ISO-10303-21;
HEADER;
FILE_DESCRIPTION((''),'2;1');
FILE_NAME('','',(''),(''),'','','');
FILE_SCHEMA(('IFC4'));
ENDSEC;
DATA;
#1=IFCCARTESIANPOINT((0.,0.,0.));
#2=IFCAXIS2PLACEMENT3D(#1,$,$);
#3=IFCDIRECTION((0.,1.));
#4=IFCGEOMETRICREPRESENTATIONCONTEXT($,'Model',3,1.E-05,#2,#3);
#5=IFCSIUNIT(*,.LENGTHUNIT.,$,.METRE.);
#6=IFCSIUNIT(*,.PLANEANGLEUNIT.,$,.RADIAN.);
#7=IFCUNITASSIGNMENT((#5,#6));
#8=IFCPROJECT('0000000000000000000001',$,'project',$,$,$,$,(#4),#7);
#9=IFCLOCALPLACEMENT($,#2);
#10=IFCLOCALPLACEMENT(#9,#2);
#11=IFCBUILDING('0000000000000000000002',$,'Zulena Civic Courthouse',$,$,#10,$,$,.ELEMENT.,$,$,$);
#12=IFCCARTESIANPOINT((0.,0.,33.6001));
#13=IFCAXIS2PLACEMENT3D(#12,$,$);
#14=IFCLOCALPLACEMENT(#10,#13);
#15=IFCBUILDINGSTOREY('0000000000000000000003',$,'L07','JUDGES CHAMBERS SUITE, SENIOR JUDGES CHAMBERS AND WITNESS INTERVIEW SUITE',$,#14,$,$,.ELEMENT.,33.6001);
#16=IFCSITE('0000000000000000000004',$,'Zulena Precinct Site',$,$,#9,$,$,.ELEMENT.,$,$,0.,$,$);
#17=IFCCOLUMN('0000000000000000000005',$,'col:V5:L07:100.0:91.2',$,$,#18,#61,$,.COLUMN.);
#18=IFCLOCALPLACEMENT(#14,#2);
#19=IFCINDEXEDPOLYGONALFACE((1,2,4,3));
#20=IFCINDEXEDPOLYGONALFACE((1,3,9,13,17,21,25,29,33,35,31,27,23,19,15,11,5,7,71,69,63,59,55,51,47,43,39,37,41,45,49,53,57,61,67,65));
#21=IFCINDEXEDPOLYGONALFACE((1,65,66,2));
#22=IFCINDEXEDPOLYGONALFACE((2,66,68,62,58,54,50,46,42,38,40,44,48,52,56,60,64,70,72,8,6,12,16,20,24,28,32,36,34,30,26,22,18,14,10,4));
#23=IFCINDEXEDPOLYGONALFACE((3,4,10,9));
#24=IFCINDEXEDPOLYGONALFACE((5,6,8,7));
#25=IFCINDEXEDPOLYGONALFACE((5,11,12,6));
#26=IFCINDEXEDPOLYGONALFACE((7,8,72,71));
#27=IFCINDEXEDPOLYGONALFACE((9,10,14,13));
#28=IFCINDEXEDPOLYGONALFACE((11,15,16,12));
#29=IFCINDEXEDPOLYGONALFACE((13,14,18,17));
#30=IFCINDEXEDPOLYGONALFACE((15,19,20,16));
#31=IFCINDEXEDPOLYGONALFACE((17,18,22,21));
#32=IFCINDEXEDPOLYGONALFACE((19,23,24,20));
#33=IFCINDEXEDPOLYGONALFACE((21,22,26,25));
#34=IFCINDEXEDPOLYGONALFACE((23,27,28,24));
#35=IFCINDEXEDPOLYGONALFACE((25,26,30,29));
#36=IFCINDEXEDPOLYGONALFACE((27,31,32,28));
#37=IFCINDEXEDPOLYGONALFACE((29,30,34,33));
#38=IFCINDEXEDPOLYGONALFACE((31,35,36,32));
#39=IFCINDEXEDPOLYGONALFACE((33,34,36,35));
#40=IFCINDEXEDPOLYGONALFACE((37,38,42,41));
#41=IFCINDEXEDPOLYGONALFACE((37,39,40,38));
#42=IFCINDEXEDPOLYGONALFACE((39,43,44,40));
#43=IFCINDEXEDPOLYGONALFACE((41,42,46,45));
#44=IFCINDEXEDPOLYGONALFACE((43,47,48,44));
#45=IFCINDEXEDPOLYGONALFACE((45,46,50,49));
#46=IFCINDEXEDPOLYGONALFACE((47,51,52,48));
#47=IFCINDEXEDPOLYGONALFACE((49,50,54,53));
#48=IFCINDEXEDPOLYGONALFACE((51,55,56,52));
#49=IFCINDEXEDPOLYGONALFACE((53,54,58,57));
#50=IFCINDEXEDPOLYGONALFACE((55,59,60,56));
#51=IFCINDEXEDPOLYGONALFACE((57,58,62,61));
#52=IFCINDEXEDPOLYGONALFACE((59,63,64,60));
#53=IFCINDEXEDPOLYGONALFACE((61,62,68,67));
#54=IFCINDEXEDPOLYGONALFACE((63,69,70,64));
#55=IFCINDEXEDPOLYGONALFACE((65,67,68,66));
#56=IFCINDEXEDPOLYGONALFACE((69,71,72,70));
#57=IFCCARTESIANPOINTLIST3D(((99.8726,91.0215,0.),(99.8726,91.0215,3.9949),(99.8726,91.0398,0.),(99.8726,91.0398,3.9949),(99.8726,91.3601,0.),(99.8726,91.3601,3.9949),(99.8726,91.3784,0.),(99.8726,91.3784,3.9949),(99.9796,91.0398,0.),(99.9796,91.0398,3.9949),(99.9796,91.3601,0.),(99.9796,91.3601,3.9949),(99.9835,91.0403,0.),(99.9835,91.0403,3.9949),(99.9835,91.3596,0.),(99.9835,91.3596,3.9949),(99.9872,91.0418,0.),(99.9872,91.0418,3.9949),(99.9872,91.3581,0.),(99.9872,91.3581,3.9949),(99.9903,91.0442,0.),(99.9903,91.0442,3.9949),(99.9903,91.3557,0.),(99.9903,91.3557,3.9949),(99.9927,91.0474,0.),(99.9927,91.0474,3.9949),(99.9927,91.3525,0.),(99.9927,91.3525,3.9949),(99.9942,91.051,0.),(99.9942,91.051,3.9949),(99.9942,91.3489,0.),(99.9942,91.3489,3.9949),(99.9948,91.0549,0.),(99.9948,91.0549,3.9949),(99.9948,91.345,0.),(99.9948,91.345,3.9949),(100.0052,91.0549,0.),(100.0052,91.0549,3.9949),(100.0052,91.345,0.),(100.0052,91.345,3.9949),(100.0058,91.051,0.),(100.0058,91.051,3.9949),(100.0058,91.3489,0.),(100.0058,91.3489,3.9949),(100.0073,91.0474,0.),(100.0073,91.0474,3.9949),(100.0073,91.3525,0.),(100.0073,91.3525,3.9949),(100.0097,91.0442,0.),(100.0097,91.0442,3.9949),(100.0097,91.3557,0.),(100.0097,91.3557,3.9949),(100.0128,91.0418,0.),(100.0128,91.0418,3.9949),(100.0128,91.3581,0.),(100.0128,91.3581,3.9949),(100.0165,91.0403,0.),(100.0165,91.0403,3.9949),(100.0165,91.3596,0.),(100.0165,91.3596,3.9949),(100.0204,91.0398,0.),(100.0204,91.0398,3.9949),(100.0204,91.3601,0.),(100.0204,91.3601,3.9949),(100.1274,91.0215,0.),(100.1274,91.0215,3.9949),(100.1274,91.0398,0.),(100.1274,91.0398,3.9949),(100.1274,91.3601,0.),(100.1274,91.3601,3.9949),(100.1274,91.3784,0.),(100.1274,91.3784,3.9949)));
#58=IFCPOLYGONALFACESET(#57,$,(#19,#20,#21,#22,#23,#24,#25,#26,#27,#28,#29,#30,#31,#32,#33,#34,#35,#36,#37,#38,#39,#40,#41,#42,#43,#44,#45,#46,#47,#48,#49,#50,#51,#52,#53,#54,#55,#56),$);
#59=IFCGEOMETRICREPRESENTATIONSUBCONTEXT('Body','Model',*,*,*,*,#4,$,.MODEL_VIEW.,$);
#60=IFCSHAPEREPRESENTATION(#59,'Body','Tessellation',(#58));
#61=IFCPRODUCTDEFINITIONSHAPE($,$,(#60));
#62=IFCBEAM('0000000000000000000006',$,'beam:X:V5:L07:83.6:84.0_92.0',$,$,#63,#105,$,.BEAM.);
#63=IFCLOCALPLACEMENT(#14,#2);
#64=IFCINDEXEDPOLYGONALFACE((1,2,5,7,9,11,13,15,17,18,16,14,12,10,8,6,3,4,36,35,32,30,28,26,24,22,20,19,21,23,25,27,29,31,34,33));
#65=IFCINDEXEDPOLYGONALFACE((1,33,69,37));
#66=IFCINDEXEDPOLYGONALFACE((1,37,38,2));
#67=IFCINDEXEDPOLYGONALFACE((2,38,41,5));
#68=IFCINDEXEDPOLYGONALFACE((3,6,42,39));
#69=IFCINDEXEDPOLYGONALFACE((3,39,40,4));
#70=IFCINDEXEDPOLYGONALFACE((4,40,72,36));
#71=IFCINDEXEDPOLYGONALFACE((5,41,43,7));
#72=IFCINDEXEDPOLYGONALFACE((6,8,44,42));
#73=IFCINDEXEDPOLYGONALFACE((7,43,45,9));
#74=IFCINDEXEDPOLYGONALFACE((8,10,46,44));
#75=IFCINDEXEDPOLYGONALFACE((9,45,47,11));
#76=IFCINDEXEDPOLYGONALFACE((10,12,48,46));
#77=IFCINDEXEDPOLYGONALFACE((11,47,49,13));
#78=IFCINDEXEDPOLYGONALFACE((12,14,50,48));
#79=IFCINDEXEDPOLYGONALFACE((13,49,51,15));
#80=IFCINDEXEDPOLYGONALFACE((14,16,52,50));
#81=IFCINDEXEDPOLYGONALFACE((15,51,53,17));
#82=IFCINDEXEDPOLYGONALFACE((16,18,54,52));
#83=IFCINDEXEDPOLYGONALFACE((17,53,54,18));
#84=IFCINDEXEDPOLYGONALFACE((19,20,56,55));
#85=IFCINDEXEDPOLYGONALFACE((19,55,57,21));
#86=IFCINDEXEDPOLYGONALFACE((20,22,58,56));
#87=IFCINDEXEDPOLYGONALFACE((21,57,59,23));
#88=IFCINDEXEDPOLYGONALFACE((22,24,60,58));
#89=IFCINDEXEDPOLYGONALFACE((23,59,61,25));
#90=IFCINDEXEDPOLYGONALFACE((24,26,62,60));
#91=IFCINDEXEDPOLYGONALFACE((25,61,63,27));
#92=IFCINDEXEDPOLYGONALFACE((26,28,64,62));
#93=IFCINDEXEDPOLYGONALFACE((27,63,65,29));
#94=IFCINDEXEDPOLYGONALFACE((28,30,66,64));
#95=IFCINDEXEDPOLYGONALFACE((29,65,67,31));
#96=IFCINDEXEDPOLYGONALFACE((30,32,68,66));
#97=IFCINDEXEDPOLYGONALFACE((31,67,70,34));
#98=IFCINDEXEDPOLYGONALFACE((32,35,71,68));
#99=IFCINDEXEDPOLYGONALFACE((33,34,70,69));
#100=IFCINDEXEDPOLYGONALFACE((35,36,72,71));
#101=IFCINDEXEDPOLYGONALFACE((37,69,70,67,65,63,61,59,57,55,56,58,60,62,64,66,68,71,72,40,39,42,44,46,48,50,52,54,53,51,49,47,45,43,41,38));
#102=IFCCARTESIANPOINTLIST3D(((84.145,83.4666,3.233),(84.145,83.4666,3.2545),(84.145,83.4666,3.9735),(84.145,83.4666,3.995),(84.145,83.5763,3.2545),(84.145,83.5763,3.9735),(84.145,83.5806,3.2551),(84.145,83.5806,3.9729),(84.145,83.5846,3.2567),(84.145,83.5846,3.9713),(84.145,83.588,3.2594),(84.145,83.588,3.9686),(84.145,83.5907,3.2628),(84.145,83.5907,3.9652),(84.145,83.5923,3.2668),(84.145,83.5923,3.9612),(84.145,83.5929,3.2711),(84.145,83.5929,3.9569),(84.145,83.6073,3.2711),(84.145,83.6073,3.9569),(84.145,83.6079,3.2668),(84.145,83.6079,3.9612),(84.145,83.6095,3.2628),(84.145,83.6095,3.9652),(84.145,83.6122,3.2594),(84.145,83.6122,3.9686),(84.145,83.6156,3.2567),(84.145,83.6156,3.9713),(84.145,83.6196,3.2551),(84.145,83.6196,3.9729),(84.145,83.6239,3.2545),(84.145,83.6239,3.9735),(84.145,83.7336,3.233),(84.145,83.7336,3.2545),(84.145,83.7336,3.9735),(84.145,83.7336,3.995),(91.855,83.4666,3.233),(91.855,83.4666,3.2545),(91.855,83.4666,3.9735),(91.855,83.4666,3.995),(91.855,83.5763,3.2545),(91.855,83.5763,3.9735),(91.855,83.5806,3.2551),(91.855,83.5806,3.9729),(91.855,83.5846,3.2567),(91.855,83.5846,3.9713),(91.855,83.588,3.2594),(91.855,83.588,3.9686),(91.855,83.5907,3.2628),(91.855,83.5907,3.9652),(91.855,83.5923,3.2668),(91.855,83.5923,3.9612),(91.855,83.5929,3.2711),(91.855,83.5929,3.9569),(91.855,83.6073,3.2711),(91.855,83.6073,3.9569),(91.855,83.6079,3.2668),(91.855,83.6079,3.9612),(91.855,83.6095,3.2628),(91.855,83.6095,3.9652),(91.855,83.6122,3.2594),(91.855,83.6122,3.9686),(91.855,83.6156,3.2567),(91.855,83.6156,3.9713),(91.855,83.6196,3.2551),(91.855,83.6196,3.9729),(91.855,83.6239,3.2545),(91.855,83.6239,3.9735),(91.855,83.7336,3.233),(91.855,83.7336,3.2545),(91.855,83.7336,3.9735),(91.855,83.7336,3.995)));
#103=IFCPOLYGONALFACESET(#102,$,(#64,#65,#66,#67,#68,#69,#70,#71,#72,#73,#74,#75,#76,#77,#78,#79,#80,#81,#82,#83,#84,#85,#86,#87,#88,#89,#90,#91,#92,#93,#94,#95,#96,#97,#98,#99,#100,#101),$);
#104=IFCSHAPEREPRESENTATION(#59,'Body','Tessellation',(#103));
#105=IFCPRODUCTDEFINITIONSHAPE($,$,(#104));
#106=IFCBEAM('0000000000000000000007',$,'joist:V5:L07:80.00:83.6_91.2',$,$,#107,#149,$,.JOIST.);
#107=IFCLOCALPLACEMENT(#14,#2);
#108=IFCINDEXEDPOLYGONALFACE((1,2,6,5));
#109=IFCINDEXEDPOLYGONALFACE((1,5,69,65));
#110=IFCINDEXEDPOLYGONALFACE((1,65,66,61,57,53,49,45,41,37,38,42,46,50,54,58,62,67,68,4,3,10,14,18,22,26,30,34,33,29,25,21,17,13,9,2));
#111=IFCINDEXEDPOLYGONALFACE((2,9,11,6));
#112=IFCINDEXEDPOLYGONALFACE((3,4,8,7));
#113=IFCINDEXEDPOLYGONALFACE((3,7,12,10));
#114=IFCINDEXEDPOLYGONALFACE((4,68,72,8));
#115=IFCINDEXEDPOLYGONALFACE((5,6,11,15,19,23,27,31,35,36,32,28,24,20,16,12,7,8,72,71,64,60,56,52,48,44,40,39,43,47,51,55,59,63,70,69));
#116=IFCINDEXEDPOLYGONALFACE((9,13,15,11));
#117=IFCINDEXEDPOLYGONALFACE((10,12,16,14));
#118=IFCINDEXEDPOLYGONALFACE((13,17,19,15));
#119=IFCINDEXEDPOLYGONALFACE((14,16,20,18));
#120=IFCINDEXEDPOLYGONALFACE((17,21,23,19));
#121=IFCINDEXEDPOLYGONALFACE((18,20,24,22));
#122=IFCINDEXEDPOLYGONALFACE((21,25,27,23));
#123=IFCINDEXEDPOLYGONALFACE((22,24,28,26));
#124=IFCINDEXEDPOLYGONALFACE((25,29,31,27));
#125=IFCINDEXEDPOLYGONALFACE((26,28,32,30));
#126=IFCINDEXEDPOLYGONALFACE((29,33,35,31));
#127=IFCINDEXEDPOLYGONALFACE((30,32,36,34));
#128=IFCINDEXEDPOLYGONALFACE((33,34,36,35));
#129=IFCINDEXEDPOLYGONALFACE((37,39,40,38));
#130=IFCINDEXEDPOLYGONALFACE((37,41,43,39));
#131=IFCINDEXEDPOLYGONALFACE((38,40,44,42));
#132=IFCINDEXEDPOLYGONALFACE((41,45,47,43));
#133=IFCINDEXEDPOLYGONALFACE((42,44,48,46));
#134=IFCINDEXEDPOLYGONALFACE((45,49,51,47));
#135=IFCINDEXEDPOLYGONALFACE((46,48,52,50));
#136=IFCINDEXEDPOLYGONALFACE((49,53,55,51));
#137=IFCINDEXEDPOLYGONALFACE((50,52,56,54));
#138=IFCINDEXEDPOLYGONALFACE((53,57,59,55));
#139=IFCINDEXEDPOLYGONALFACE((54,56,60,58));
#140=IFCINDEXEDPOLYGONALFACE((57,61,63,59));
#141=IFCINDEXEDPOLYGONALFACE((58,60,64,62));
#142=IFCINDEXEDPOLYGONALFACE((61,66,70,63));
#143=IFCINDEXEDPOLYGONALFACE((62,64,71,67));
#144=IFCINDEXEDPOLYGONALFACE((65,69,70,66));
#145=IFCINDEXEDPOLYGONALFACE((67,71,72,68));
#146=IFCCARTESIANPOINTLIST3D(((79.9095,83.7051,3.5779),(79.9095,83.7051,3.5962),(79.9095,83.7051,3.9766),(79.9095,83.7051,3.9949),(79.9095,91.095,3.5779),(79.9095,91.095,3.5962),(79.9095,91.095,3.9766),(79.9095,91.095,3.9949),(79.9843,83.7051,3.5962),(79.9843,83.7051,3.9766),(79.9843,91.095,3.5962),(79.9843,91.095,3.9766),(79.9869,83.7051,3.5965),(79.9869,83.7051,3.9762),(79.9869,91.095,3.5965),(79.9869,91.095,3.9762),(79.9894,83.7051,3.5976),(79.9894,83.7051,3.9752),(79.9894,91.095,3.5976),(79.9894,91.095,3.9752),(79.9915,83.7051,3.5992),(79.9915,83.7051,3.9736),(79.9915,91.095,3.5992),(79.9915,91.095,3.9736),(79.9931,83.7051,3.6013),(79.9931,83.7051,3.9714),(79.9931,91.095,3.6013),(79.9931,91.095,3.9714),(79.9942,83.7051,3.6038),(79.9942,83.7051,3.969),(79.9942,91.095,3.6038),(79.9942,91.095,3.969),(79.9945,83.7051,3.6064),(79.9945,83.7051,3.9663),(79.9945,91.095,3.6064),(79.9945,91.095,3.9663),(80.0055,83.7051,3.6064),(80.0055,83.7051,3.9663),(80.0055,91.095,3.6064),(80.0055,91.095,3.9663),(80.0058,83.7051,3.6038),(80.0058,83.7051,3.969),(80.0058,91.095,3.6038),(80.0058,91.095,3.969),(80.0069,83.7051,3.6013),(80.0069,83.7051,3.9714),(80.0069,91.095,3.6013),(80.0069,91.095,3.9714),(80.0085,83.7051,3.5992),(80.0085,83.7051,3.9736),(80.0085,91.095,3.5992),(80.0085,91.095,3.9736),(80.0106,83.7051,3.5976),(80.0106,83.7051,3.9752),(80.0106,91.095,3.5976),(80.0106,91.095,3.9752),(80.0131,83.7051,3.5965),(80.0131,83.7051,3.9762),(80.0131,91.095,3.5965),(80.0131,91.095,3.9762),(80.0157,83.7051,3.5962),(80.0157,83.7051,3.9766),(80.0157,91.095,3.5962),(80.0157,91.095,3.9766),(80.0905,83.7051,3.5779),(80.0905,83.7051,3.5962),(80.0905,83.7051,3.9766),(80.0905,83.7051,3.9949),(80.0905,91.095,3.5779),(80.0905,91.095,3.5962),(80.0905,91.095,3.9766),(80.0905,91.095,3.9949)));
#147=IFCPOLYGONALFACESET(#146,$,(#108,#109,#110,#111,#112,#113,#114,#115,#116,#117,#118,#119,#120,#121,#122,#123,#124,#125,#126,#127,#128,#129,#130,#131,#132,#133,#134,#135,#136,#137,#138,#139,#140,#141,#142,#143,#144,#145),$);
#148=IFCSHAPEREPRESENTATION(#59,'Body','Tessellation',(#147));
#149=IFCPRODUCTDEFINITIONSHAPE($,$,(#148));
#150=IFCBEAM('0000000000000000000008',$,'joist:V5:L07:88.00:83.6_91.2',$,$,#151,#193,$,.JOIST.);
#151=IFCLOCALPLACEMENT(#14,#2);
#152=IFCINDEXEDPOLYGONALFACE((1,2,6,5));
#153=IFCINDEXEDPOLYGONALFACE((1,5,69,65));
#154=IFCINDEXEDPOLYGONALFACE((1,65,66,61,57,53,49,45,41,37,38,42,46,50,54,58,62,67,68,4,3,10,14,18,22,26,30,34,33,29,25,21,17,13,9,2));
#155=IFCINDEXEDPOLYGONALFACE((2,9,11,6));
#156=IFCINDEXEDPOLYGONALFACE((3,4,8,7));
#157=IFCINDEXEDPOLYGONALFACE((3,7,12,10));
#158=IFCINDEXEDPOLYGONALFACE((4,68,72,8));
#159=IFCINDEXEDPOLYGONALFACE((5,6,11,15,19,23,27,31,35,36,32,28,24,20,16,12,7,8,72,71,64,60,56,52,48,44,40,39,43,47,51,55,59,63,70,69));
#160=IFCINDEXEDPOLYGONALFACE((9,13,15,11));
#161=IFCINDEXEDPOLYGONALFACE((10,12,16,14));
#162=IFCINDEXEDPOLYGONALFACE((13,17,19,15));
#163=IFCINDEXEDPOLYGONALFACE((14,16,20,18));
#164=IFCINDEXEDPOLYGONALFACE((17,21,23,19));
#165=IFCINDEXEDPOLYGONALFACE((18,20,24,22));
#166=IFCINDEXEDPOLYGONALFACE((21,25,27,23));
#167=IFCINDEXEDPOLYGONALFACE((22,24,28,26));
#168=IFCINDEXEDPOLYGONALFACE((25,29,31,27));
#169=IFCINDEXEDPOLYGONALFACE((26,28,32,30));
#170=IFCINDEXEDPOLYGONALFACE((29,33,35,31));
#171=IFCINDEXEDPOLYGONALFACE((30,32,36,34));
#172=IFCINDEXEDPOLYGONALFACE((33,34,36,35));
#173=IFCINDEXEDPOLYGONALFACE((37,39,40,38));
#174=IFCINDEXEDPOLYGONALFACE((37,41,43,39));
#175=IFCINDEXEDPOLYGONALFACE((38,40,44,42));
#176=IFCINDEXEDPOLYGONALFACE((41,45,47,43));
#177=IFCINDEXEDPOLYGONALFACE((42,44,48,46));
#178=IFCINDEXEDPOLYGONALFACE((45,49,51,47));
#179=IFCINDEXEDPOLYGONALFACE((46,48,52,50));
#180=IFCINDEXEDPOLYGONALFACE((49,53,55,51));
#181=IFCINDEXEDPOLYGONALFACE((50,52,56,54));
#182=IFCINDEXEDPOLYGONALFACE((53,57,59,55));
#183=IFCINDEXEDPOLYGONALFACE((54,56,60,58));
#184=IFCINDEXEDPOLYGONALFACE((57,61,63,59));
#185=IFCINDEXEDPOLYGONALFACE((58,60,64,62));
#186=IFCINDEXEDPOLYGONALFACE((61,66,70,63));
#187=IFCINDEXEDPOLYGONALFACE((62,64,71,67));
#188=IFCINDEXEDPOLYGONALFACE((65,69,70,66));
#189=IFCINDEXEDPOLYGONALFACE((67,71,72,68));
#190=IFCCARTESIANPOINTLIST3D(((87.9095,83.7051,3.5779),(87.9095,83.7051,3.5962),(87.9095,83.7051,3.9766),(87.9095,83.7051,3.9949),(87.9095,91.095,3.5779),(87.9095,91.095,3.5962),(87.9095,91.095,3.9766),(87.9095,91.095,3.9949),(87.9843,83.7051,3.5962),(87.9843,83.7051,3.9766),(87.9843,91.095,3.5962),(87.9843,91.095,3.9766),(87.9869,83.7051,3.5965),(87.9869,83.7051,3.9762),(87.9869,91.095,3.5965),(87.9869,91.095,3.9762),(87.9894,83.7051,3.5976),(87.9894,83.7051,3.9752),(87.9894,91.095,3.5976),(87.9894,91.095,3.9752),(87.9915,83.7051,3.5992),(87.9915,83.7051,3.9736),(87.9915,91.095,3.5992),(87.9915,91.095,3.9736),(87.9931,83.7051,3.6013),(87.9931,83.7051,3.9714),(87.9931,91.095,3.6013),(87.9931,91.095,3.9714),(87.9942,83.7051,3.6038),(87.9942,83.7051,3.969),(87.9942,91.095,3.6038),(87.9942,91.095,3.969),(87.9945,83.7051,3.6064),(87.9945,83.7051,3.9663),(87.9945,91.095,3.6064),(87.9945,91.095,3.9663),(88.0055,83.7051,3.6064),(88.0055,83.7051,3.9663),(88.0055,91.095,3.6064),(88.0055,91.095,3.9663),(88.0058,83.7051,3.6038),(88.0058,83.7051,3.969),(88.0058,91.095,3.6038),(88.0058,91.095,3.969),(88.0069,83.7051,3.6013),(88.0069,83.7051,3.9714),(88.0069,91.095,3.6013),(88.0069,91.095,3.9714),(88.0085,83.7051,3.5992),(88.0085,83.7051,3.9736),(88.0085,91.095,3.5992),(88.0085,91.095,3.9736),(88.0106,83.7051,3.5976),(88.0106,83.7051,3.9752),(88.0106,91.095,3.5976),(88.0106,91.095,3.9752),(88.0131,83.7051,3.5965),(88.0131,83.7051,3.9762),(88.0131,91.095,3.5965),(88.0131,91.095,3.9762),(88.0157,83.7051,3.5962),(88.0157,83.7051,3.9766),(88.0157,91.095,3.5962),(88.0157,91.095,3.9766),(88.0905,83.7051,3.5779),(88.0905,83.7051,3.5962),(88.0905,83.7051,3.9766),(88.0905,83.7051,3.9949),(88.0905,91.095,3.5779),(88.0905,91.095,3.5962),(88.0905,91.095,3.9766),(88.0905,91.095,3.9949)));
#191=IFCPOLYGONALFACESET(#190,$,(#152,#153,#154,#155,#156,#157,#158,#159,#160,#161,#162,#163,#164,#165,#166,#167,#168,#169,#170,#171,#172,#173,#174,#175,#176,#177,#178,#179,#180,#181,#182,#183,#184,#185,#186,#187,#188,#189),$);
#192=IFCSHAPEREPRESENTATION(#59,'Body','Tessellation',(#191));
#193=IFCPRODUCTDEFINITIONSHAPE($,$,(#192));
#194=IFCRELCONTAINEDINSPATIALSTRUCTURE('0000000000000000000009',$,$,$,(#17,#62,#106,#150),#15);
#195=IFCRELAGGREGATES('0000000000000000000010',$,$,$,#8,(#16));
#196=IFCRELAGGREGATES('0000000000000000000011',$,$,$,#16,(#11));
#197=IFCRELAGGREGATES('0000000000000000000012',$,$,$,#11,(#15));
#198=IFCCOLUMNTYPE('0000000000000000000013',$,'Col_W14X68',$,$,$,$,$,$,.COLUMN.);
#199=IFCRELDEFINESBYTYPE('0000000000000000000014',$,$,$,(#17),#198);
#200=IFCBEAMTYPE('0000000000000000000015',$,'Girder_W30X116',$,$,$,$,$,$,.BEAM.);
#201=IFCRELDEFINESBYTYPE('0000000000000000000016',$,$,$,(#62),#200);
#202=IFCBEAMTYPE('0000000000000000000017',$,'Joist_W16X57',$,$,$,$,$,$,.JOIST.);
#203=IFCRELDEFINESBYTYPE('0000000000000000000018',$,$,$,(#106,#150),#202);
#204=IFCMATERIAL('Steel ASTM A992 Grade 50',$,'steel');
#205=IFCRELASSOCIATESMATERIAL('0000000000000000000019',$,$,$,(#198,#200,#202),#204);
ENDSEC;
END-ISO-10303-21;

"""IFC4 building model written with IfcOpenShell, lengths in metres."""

from ifc_helpers import new_model, si_unit, direction, frame, origin, origin_2d, place, context, subcontext, project, spatial, i_section, extrude, material, material_profile, profile_set, type_object, element, save


model = new_model("IFC4")

# Units and contexts
model_context = context("Model", 3, precision=1e-05, world=origin(), true_north=direction((0.0, 1.0)))
body_context = subcontext(model_context, "Body", "Model", "MODEL_VIEW")
ifc_project = project(units=[si_unit("LENGTHUNIT", "METRE"), si_unit("PLANEANGLEUNIT", "RADIAN")], contexts=[model_context])

# Site, building, storey
site_placement = place(None, origin())
site = spatial("IfcSite", under=ifc_project, at=site_placement, Name="Zulena Precinct Site", CompositionType="ELEMENT", RefElevation=0.0)
building_placement = place(site_placement, origin())
building = spatial("IfcBuilding", under=site, at=building_placement, Name="Zulena Civic Courthouse", CompositionType="ELEMENT")
storey_placement = place(building_placement, frame((0.0, 0.0, 33.6001)))
storey = spatial("IfcBuildingStorey", under=building, at=storey_placement, Name="L07", Description="JUDGES CHAMBERS SUITE, SENIOR JUDGES CHAMBERS AND WITNESS INTERVIEW SUITE", CompositionType="ELEMENT", Elevation=33.6001)

# Column
ifc_material_1 = material(Name="Steel ASTM A992 Grade 50", Category="steel")
ifc_material_profile_1 = material_profile(ifc_material_1, i_section(OverallWidth=0.2549, OverallDepth=0.3569, WebThickness=0.0105, FlangeThickness=0.0183, FilletRadius=0.0151, at=origin_2d()), Name="W14X68")
ifc_profile_set_1 = profile_set([ifc_material_profile_1], Name="Steel ASTM A992 Grade 50")
column_type = type_object("IfcColumnType", Name="Col_W14X68", PredefinedType="COLUMN", material=ifc_profile_set_1)
for number, where, z_axis, x_axis, name in (
    (1, (100.0, 91.2, 0.0), (0.0, 0.0, 1.0), (1.0, 0.0, 0.0), "col:V5:L07:100.0:91.2"),
):
    element("IfcColumn", number, at=place(storey_placement, frame(where, z_axis=z_axis, x_axis=x_axis)), inside=storey, type_object=column_type, Name=name, PredefinedType="COLUMN", context=body_context, shape_type="SweptSolid", body=[
        extrude(i_section(OverallWidth=0.2549, OverallDepth=0.3569, WebThickness=0.0105, FlangeThickness=0.0183, FilletRadius=0.0151, at=origin_2d()), origin(), (0.0, 0.0, 1.0), 3.9949),
    ])

# Beams
ifc_material_profile_2 = material_profile(ifc_material_1, i_section(OverallWidth=0.2671, OverallDepth=0.762, WebThickness=0.0144, FlangeThickness=0.0215, FilletRadius=0.0166, at=origin_2d()), Name="W30X116")
ifc_profile_set_2 = profile_set([ifc_material_profile_2], Name="Steel ASTM A992 Grade 50")
beam_type_1 = type_object("IfcBeamType", Name="Girder_W30X116", PredefinedType="BEAM", material=ifc_profile_set_2)
beam_placement = place(storey_placement, frame((84.145, 83.6001, 3.614), z_axis=(1.0, 0.0, 0.0), x_axis=(0.0, 1.0, 0.0)))
element("IfcBeam", 2, at=beam_placement, inside=storey, type_object=beam_type_1, Name="beam:X:V5:L07:83.6:84.0_92.0", PredefinedType="BEAM", context=body_context, shape_type="SweptSolid", body=[
    extrude(i_section(OverallWidth=0.2671, OverallDepth=0.762, WebThickness=0.0144, FlangeThickness=0.0215, FilletRadius=0.0166, at=origin_2d()), origin(), (0.0, 0.0, 1.0), 7.71),
])
ifc_material_profile_3 = material_profile(ifc_material_1, i_section(OverallWidth=0.1809, OverallDepth=0.417, WebThickness=0.011, FlangeThickness=0.0183, FilletRadius=0.0103, at=origin_2d()), Name="W16X57")
ifc_profile_set_3 = profile_set([ifc_material_profile_3], Name="Steel ASTM A992 Grade 50")
beam_type_2 = type_object("IfcBeamType", Name="Joist_W16X57", PredefinedType="JOIST", material=ifc_profile_set_3)
for number, where, z_axis, x_axis, name in (
    (3, (80.0, 83.7051, 3.7864), (0.0, 1.0, 0.0), (-1.0, 0.0, 0.0), "joist:V5:L07:80.00:83.6_91.2"),
    (4, (88.0, 83.7051, 3.7864), (0.0, 1.0, 0.0), (-1.0, 0.0, 0.0), "joist:V5:L07:88.00:83.6_91.2"),
):
    element("IfcBeam", number, at=place(storey_placement, frame(where, z_axis=z_axis, x_axis=x_axis)), inside=storey, type_object=beam_type_2, Name=name, PredefinedType="JOIST", context=body_context, shape_type="SweptSolid", body=[
        extrude(i_section(OverallWidth=0.1809, OverallDepth=0.417, WebThickness=0.011, FlangeThickness=0.0183, FilletRadius=0.0103, at=origin_2d()), origin(), (0.0, 0.0, 1.0), 7.3899),
    ])

save(model, "model.ifc")
